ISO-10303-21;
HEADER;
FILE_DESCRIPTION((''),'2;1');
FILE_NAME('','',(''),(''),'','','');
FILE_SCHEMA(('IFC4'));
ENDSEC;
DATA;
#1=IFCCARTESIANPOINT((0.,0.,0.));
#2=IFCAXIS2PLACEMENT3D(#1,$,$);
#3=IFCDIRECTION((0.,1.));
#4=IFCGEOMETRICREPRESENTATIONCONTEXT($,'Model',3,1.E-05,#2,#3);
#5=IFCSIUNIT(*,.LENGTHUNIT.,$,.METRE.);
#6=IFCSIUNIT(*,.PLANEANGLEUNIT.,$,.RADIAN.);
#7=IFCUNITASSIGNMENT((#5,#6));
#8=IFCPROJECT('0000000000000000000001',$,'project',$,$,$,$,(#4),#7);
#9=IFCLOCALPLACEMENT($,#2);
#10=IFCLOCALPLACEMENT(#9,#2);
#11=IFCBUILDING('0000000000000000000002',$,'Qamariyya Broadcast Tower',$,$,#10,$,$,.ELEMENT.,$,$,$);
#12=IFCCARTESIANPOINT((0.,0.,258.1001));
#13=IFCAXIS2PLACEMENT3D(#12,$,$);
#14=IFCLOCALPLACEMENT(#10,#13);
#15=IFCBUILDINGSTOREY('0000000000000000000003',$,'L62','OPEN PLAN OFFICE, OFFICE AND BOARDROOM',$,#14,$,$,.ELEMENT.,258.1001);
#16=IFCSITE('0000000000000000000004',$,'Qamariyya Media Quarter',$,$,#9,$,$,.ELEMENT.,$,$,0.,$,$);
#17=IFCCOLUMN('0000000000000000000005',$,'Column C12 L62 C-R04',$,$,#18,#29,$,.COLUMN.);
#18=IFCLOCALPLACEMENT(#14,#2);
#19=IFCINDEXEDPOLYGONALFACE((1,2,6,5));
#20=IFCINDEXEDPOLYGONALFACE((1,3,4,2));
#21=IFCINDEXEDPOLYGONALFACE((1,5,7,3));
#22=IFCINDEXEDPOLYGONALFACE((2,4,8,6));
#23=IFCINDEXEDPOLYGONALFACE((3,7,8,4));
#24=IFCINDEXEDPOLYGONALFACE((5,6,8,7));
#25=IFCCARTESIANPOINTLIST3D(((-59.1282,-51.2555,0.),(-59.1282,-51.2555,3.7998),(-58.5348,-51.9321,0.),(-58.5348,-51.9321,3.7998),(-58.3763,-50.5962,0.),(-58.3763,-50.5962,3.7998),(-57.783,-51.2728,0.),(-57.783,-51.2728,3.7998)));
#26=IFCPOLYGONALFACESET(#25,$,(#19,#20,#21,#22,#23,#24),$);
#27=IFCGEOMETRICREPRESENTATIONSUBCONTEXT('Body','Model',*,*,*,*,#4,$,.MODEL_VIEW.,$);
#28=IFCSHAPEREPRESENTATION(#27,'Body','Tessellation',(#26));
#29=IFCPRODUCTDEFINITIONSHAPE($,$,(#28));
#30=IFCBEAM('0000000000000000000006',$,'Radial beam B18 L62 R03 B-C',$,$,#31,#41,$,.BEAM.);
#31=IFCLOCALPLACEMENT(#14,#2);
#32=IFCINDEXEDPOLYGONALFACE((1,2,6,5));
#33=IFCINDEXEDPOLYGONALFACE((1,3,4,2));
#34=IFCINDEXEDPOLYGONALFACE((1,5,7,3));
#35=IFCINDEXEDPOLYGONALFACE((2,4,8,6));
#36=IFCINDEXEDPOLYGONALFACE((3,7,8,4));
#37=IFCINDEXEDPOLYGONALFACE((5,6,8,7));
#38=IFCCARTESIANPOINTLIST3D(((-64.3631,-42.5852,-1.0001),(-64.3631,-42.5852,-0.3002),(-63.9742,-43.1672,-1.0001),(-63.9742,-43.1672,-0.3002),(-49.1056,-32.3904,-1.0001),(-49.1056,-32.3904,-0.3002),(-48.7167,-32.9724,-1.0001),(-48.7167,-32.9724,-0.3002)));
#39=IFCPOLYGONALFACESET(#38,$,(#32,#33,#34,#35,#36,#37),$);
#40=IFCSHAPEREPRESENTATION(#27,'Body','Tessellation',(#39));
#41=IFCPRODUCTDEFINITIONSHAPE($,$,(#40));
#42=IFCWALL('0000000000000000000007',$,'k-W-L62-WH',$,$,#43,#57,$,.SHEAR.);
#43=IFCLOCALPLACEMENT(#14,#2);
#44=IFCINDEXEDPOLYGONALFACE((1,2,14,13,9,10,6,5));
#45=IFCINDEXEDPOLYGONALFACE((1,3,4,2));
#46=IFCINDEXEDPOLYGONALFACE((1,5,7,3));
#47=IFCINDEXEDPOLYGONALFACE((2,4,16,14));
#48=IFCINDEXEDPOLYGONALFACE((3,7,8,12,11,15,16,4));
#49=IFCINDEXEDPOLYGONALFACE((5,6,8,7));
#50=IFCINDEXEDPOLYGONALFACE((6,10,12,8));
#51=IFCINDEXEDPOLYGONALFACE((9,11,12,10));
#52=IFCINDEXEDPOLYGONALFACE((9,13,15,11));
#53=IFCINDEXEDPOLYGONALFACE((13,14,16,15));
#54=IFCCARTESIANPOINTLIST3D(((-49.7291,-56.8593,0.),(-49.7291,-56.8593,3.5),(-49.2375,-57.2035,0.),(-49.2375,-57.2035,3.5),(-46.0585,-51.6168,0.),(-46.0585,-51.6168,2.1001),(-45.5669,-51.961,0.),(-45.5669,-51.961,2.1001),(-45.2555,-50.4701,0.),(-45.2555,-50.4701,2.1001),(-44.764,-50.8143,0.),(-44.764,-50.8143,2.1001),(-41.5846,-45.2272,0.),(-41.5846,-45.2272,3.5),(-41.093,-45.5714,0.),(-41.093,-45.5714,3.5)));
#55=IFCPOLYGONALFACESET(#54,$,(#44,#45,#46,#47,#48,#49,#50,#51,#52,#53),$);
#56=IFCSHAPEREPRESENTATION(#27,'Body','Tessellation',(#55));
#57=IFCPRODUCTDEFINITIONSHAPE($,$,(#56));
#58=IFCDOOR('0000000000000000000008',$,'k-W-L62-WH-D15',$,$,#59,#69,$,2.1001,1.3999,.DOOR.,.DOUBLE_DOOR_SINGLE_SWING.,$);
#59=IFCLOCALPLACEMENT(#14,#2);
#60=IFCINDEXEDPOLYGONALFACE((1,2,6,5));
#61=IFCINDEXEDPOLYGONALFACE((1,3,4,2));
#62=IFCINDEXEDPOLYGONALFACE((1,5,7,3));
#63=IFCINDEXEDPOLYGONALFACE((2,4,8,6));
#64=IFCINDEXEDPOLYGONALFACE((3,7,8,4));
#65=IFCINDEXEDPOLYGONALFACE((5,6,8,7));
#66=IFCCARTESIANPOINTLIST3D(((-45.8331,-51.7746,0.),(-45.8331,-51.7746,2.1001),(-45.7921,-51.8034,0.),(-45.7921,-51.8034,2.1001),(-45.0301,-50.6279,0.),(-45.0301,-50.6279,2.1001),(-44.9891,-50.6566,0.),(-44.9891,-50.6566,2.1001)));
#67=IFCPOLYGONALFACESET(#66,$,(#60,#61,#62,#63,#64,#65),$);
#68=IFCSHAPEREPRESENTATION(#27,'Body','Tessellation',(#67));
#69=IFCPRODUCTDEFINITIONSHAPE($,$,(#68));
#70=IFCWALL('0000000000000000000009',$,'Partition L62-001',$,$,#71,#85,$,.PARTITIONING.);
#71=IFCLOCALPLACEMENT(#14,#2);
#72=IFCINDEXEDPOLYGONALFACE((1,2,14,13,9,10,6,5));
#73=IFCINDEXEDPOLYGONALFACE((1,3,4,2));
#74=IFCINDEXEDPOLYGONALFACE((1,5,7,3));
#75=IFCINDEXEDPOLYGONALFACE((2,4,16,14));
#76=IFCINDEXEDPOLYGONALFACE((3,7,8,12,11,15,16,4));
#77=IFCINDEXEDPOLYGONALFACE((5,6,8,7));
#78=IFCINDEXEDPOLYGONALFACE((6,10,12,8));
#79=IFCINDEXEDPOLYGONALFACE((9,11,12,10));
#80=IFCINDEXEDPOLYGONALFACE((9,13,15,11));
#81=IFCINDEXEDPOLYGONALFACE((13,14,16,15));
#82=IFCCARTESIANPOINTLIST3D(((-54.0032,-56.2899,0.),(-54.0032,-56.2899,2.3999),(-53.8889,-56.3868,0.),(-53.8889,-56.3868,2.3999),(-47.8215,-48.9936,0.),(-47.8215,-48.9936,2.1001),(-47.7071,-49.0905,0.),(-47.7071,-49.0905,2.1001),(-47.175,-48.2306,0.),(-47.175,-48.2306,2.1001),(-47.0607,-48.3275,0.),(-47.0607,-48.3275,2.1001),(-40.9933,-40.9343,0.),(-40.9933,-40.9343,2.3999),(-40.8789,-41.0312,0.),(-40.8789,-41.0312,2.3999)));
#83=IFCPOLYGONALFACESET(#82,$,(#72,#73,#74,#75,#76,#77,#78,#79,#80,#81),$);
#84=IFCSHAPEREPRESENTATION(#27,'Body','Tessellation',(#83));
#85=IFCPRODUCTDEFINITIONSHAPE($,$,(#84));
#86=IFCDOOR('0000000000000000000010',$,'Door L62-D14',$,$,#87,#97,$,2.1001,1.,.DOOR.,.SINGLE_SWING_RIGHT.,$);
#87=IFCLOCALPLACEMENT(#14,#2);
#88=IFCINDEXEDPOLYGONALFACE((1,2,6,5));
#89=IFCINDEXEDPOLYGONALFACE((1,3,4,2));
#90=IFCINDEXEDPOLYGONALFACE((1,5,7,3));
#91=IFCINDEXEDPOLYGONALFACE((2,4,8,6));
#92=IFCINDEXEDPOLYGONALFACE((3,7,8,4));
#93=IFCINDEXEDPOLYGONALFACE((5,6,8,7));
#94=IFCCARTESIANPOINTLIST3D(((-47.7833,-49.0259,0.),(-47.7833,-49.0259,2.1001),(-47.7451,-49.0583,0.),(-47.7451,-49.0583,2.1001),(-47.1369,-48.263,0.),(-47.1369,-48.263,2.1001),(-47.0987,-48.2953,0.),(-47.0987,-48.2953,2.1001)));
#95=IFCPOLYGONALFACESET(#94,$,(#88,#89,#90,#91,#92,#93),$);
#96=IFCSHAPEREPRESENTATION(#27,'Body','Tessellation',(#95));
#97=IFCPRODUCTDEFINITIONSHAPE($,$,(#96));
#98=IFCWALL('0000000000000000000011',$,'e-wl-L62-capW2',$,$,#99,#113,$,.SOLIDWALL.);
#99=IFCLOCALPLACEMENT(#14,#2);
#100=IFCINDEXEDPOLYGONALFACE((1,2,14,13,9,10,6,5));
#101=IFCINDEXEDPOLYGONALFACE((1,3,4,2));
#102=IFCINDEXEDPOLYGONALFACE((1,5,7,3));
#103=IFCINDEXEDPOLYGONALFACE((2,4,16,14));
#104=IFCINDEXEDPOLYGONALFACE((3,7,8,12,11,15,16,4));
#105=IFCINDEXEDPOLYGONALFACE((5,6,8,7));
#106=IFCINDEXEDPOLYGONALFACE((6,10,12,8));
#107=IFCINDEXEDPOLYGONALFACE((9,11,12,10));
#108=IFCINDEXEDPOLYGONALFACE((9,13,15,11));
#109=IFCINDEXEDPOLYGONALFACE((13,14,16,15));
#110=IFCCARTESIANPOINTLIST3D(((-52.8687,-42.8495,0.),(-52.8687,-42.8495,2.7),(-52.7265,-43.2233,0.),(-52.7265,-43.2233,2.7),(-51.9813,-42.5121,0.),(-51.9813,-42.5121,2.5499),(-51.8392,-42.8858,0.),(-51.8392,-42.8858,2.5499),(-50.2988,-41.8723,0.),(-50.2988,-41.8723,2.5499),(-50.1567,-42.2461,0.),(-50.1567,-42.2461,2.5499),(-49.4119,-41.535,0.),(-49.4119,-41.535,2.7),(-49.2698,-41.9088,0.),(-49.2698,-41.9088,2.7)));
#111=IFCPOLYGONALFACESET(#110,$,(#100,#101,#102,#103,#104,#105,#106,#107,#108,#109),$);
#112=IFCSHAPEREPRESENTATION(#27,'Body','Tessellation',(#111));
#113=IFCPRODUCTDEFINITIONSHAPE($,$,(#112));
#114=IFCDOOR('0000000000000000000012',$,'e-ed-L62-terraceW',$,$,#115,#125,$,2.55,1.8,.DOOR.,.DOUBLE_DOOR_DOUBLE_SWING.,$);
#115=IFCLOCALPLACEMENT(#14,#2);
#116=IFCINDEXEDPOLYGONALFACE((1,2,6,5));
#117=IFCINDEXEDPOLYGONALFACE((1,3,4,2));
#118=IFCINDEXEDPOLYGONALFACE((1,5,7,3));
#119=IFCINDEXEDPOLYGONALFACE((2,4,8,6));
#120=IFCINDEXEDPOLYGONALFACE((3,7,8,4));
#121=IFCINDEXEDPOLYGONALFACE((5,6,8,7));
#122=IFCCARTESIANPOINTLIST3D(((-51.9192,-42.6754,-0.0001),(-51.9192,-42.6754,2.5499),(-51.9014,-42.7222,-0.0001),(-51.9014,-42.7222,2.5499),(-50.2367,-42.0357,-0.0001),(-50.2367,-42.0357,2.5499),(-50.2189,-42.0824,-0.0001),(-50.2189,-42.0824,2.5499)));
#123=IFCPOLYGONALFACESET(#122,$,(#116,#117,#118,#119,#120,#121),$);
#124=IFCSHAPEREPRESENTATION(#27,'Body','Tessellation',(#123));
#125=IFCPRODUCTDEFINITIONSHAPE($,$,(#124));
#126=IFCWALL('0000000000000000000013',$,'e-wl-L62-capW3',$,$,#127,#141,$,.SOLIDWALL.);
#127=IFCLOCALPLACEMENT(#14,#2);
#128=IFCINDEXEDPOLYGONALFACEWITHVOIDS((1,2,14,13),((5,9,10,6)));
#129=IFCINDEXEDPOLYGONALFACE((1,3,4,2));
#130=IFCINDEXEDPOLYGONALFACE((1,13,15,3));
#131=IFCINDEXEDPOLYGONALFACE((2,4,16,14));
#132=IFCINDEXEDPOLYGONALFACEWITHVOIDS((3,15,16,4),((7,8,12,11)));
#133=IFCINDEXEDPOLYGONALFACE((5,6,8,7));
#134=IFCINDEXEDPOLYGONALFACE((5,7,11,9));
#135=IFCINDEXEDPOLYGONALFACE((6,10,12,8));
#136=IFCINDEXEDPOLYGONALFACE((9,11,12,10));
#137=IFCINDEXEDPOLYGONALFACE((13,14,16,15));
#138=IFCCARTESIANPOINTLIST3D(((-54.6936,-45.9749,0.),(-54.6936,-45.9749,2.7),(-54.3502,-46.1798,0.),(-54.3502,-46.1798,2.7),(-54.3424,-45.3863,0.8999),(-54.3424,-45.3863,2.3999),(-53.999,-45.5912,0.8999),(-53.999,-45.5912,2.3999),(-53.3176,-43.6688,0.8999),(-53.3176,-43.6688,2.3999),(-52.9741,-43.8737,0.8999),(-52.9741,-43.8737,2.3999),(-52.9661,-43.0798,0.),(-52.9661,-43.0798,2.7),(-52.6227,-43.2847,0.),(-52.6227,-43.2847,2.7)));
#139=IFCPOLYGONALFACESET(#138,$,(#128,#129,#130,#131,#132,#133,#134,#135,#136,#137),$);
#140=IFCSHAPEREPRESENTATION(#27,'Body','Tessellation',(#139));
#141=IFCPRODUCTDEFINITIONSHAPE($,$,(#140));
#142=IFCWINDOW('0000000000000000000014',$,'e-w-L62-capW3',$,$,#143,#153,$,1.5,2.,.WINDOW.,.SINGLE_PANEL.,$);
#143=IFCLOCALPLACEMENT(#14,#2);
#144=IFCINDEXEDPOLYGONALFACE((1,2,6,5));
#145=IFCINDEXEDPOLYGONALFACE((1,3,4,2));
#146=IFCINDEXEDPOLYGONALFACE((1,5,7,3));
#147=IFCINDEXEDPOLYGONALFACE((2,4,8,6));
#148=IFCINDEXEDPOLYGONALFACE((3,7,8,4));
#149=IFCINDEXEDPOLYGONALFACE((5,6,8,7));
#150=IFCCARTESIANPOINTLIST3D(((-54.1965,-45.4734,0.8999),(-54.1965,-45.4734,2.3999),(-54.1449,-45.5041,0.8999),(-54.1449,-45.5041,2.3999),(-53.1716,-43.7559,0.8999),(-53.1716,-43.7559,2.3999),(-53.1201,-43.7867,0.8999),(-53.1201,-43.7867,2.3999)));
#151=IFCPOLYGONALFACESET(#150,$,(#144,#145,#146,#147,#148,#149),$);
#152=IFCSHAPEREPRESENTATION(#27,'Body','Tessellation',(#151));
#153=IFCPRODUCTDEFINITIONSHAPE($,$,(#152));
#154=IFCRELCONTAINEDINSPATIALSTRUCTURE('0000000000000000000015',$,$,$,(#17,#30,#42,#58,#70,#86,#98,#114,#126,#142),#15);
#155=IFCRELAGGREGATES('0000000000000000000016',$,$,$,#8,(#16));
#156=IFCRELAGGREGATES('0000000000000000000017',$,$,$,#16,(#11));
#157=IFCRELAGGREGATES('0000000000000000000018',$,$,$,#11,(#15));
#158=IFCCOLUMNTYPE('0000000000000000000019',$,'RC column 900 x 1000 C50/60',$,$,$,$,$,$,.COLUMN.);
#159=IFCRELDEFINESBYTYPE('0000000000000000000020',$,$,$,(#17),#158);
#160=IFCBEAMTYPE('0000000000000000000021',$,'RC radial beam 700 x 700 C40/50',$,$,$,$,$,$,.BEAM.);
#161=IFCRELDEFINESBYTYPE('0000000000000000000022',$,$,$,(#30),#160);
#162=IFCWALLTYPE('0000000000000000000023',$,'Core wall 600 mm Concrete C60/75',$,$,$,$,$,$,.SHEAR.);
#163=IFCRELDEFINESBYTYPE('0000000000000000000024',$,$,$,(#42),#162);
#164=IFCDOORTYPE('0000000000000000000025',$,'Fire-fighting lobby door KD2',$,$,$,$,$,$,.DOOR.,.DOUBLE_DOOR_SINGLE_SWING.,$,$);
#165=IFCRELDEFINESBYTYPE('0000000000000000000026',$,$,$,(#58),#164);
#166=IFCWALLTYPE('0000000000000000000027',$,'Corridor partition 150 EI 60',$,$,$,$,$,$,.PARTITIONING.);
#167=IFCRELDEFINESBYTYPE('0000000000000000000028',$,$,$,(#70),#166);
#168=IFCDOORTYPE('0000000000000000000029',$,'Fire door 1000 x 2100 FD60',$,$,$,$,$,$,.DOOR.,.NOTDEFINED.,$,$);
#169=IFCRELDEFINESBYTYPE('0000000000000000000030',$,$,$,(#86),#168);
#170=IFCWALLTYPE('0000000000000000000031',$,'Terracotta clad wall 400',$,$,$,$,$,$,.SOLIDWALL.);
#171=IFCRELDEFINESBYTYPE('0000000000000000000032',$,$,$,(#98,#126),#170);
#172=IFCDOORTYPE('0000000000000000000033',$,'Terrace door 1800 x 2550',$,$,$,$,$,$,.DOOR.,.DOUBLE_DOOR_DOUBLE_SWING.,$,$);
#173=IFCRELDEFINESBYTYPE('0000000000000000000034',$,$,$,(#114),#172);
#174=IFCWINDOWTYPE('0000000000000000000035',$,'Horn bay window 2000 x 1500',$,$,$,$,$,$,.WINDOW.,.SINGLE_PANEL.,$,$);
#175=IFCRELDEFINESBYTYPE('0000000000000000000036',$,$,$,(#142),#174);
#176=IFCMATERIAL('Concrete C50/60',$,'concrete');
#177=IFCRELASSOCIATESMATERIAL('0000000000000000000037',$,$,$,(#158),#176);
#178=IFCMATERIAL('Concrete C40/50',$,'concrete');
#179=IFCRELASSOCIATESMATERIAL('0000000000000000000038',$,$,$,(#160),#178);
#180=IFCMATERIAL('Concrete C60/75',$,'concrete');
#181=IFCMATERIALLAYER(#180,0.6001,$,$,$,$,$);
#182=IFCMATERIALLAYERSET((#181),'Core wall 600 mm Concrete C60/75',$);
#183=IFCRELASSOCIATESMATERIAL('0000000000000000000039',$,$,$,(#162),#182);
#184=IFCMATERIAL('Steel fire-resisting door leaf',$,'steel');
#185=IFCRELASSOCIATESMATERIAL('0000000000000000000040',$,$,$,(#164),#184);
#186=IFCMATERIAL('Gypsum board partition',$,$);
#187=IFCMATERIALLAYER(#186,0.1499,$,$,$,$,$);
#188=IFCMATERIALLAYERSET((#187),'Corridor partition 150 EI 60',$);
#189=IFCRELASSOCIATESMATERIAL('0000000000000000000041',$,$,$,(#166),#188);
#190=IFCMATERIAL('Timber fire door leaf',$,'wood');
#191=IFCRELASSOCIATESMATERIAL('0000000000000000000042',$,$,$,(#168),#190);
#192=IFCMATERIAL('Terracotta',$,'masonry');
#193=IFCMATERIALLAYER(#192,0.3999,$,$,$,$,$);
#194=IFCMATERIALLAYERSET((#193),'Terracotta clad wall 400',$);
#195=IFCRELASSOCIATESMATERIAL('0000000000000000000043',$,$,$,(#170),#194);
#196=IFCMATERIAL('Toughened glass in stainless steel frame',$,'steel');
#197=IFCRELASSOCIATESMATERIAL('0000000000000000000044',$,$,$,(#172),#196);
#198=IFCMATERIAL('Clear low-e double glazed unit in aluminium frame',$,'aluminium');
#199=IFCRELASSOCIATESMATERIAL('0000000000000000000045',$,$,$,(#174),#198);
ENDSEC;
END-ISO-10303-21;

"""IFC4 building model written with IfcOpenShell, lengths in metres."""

from ifc_helpers import new_model, si_unit, direction, frame, frame_2d, origin, origin_2d, place, context, subcontext, project, spatial, rectangle, extrude, material, layer, layer_set, material_profile, profile_set, type_object, element, fill, save


model = new_model("IFC4")

# Units and contexts
model_context = context("Model", 3, precision=1e-05, world=origin(), true_north=direction((0.0, 1.0)))
body_context = subcontext(model_context, "Body", "Model", "MODEL_VIEW")
ifc_project = project(units=[si_unit("LENGTHUNIT", "METRE"), si_unit("PLANEANGLEUNIT", "RADIAN")], contexts=[model_context])

# Site, building, storey
site_placement = place(None, origin())
site = spatial("IfcSite", under=ifc_project, at=site_placement, Name="Qamariyya Media Quarter", CompositionType="ELEMENT", RefElevation=0.0)
building_placement = place(site_placement, origin())
building = spatial("IfcBuilding", under=site, at=building_placement, Name="Qamariyya Broadcast Tower", CompositionType="ELEMENT")
storey_placement = place(building_placement, frame((0.0, 0.0, 258.1001)))
storey = spatial("IfcBuildingStorey", under=building, at=storey_placement, Name="L62", Description="OPEN PLAN OFFICE, OFFICE AND BOARDROOM", CompositionType="ELEMENT", Elevation=258.1001)

# Column
ifc_material_1 = material(Name="Concrete C50/60", Category="concrete")
ifc_material_profile_1 = material_profile(ifc_material_1, rectangle(XDim=0.8999, YDim=1.0, at=origin_2d()))
ifc_profile_set_1 = profile_set([ifc_material_profile_1], Name="Concrete C50/60")
column_type = type_object("IfcColumnType", Name="RC column 900 x 1000 C50/60", PredefinedType="COLUMN", material=ifc_profile_set_1)
column_placement = place(storey_placement, frame((-58.4556, -51.2642, 0.0), z_axis=(0.0, 0.0, 1.0), x_axis=(0.659346, -0.75184, 0.0)))
element("IfcColumn", 1, at=column_placement, inside=storey, type_object=column_type, Name="Column C12 L62 C-R04", PredefinedType="COLUMN", context=body_context, shape_type="SweptSolid", body=[
    extrude(rectangle(XDim=0.8999, YDim=1.0, at=origin_2d()), origin(), (0.0, 0.0, 1.0), 3.7998),
])

# Beam
ifc_material_2 = material(Name="Concrete C40/50", Category="concrete")
ifc_material_profile_2 = material_profile(ifc_material_2, rectangle(XDim=0.7, YDim=0.7, at=origin_2d()))
ifc_profile_set_2 = profile_set([ifc_material_profile_2], Name="Concrete C40/50")
beam_type = type_object("IfcBeamType", Name="RC radial beam 700 x 700 C40/50", PredefinedType="BEAM", material=ifc_profile_set_2)
beam_placement = place(storey_placement, frame((-48.9111, -32.6814, -0.6501), z_axis=(-0.831469, -0.555572, 0.0), x_axis=(0.555572, -0.831469, 0.0)))
element("IfcBeam", 2, at=beam_placement, inside=storey, type_object=beam_type, Name="Radial beam B18 L62 R03 B-C", PredefinedType="BEAM", context=body_context, shape_type="SweptSolid", body=[
    extrude(rectangle(XDim=0.7, YDim=0.7, at=origin_2d()), origin(), (0.0, 0.0, 1.0), 18.3501),
])

# Walls, openings, doors
ifc_material_3 = material(Name="Concrete C60/75", Category="concrete")
ifc_layer_1 = layer(ifc_material_3, 0.6001)
ifc_layer_set_1 = layer_set([ifc_layer_1], Name="Core wall 600 mm Concrete C60/75")
wall_type_1 = type_object("IfcWallType", Name="Core wall 600 mm Concrete C60/75", PredefinedType="SHEAR", material=ifc_layer_set_1)
wall_1_placement = place(storey_placement, frame((-49.4834, -57.0315, 0.0), z_axis=(0.0, 0.0, 1.0), x_axis=(0.57356, 0.819163, 0.0)))
wall_1 = element("IfcWall", 3, at=wall_1_placement, inside=storey, type_object=wall_type_1, Name="k-W-L62-WH", PredefinedType="SHEAR", context=body_context, shape_type="SweptSolid", body=[
    extrude(rectangle(XDim=14.2, YDim=0.6001, at=frame_2d((7.1001, 0.0))), origin(), (0.0, 0.0, 1.0), 3.5),
])
opening_1_placement = place(wall_1_placement, frame((6.3999, 0.0, 0.0)))
opening_1 = element("IfcOpeningElement", 4, at=opening_1_placement, cuts=wall_1, PredefinedType="OPENING", context=body_context, shape_type="SweptSolid", body=[
    extrude(rectangle(XDim=1.3999, YDim=2.1001, at=frame_2d((0.7, 1.05))), frame((0.0, 0.3101, 0.0), z_axis=(0.0, -1.0, 0.0), x_axis=(1.0, 0.0, 0.0)), (0.0, 0.0, 1.0), 0.6201),
])
ifc_material_4 = material(Name="Steel fire-resisting door leaf", Category="steel")
door_type_1 = type_object("IfcDoorType", Name="Fire-fighting lobby door KD2", OperationType="DOUBLE_DOOR_SINGLE_SWING", PredefinedType="DOOR", material=ifc_material_4)
door_1_placement = place(opening_1_placement, origin())
door_1 = element("IfcDoor", 5, at=door_1_placement, inside=storey, type_object=door_type_1, Name="k-W-L62-WH-D15", OperationType="DOUBLE_DOOR_SINGLE_SWING", OverallHeight=2.1001, OverallWidth=1.3999, PredefinedType="DOOR", context=body_context, shape_type="SweptSolid", body=[
    extrude(rectangle(XDim=1.3999, YDim=2.1001, at=frame_2d((0.7, 1.05))), frame((0.0, 0.0249, 0.0), z_axis=(0.0, -1.0, 0.0), x_axis=(1.0, 0.0, 0.0)), (0.0, 0.0, 1.0), 0.05),
])
fill(opening_1, door_1)
ifc_material_5 = material(Name="Gypsum board partition")
ifc_layer_2 = layer(ifc_material_5, 0.1499)
ifc_layer_set_2 = layer_set([ifc_layer_2], Name="Corridor partition 150 EI 60")
wall_type_2 = type_object("IfcWallType", Name="Corridor partition 150 EI 60", PredefinedType="PARTITIONING", material=ifc_layer_set_2)
wall_2_placement = place(storey_placement, frame((-53.946, -56.3384, 0.0), z_axis=(0.0, 0.0, 1.0), x_axis=(0.646426, 0.762977, 0.0)))
wall_2 = element("IfcWall", 6, at=wall_2_placement, inside=storey, type_object=wall_type_2, Name="Partition L62-001", PredefinedType="PARTITIONING", context=body_context, shape_type="SweptSolid", body=[
    extrude(rectangle(XDim=20.126, YDim=0.1499, at=frame_2d((10.063, 0.0))), origin(), (0.0, 0.0, 1.0), 2.3999),
])
opening_2_placement = place(wall_2_placement, frame((9.563, 0.0, 0.0)))
opening_2 = element("IfcOpeningElement", 7, at=opening_2_placement, cuts=wall_2, PredefinedType="OPENING", context=body_context, shape_type="SweptSolid", body=[
    extrude(rectangle(XDim=1.0, YDim=2.1001, at=frame_2d((0.5, 1.05))), frame((0.0, 0.085, 0.0), z_axis=(0.0, -1.0, 0.0), x_axis=(1.0, 0.0, 0.0)), (0.0, 0.0, 1.0), 0.1699),
])
ifc_material_6 = material(Name="Timber fire door leaf", Category="wood")
door_type_2 = type_object("IfcDoorType", Name="Fire door 1000 x 2100 FD60", OperationType="NOTDEFINED", PredefinedType="DOOR", material=ifc_material_6)
door_2_placement = place(opening_2_placement, origin())
door_2 = element("IfcDoor", 8, at=door_2_placement, inside=storey, type_object=door_type_2, Name="Door L62-D14", OperationType="SINGLE_SWING_RIGHT", OverallHeight=2.1001, OverallWidth=1.0, PredefinedType="DOOR", context=body_context, shape_type="SweptSolid", body=[
    extrude(rectangle(XDim=1.0, YDim=2.1001, at=frame_2d((0.5, 1.05))), frame((0.0, 0.0249, 0.0), z_axis=(0.0, -1.0, 0.0), x_axis=(1.0, 0.0, 0.0)), (0.0, 0.0, 1.0), 0.05),
])
fill(opening_2, door_2)
ifc_material_7 = material(Name="Terracotta", Category="masonry")
ifc_layer_3 = layer(ifc_material_7, 0.3999)
ifc_layer_set_3 = layer_set([ifc_layer_3], Name="Terracotta clad wall 400")
wall_type_3 = type_object("IfcWallType", Name="Terracotta clad wall 400", PredefinedType="SOLIDWALL", material=ifc_layer_set_3)
wall_3_placement = place(storey_placement, frame((-49.3408, -41.7219, 0.0), z_axis=(0.0, 0.0, 1.0), x_axis=(-0.934705, -0.355424, 0.0)))
wall_3 = element("IfcWall", 9, at=wall_3_placement, inside=storey, type_object=wall_type_3, Name="e-wl-L62-capW2", PredefinedType="SOLIDWALL", context=body_context, shape_type="SweptSolid", body=[
    extrude(rectangle(XDim=3.6982, YDim=0.3999, at=frame_2d((1.8491, 0.0))), origin(), (0.0, 0.0, 1.0), 2.7),
])
opening_3_placement = place(wall_3_placement, frame((0.949, 0.0, 0.0)))
opening_3 = element("IfcOpeningElement", 10, at=opening_3_placement, cuts=wall_3, PredefinedType="OPENING", context=body_context, shape_type="SweptSolid", body=[
    extrude(rectangle(XDim=1.8, YDim=2.55, at=frame_2d((0.8999, 1.2749))), frame((0.0, 0.21, 0.0), z_axis=(0.0, -1.0, 0.0), x_axis=(1.0, 0.0, 0.0)), (0.0, 0.0, 1.0), 0.4199),
])
ifc_material_8 = material(Name="Toughened glass in stainless steel frame", Category="steel")
door_type_3 = type_object("IfcDoorType", Name="Terrace door 1800 x 2550", OperationType="DOUBLE_DOOR_DOUBLE_SWING", PredefinedType="DOOR", material=ifc_material_8)
door_3_placement = place(opening_3_placement, origin())
door_3 = element("IfcDoor", 11, at=door_3_placement, inside=storey, type_object=door_type_3, Name="e-ed-L62-terraceW", OperationType="DOUBLE_DOOR_DOUBLE_SWING", OverallHeight=2.55, OverallWidth=1.8, PredefinedType="DOOR", context=body_context, shape_type="SweptSolid", body=[
    extrude(rectangle(XDim=1.8, YDim=2.55, at=frame_2d((0.8999, 1.2749))), frame((0.0, 0.0249, 0.0), z_axis=(0.0, -1.0, 0.0), x_axis=(1.0, 0.0, 0.0)), (0.0, 0.0, 1.0), 0.05),
])
fill(opening_3, door_3)

# Wall, opening, window
wall_4_placement = place(storey_placement, frame((-52.7944, -43.1824, 0.0), z_axis=(0.0, 0.0, 1.0), x_axis=(-0.512428, -0.85873, 0.0)))
wall_4 = element("IfcWall", 12, at=wall_4_placement, inside=storey, type_object=wall_type_3, Name="e-wl-L62-capW3", PredefinedType="SOLIDWALL", context=body_context, shape_type="SweptSolid", body=[
    extrude(rectangle(XDim=3.3713, YDim=0.3999, at=frame_2d((1.6855, 0.0))), origin(), (0.0, 0.0, 1.0), 2.7),
])
opening_4_placement = place(wall_4_placement, frame((0.6858, 0.0, 0.8999)))
opening_4 = element("IfcOpeningElement", 13, at=opening_4_placement, cuts=wall_4, PredefinedType="OPENING", context=body_context, shape_type="SweptSolid", body=[
    extrude(rectangle(XDim=2.0, YDim=1.5, at=frame_2d((1.0, 0.75))), frame((0.0, 0.21, 0.0), z_axis=(0.0, -1.0, 0.0), x_axis=(1.0, 0.0, 0.0)), (0.0, 0.0, 1.0), 0.4199),
])
ifc_material_9 = material(Name="Clear low-e double glazed unit in aluminium frame", Category="aluminium")
window_type = type_object("IfcWindowType", Name="Horn bay window 2000 x 1500", PartitioningType="SINGLE_PANEL", PredefinedType="WINDOW", material=ifc_material_9)
window_placement = place(opening_4_placement, origin())
window = element("IfcWindow", 14, at=window_placement, inside=storey, type_object=window_type, Name="e-w-L62-capW3", OverallHeight=1.5, OverallWidth=2.0, PartitioningType="SINGLE_PANEL", PredefinedType="WINDOW", context=body_context, shape_type="SweptSolid", body=[
    extrude(rectangle(XDim=2.0, YDim=1.5, at=frame_2d((1.0, 0.75))), frame((0.0, 0.03, 0.0), z_axis=(0.0, -1.0, 0.0), x_axis=(1.0, 0.0, 0.0)), (0.0, 0.0, 1.0), 0.0601),
])
fill(opening_4, window)

save(model, "model.ifc")
